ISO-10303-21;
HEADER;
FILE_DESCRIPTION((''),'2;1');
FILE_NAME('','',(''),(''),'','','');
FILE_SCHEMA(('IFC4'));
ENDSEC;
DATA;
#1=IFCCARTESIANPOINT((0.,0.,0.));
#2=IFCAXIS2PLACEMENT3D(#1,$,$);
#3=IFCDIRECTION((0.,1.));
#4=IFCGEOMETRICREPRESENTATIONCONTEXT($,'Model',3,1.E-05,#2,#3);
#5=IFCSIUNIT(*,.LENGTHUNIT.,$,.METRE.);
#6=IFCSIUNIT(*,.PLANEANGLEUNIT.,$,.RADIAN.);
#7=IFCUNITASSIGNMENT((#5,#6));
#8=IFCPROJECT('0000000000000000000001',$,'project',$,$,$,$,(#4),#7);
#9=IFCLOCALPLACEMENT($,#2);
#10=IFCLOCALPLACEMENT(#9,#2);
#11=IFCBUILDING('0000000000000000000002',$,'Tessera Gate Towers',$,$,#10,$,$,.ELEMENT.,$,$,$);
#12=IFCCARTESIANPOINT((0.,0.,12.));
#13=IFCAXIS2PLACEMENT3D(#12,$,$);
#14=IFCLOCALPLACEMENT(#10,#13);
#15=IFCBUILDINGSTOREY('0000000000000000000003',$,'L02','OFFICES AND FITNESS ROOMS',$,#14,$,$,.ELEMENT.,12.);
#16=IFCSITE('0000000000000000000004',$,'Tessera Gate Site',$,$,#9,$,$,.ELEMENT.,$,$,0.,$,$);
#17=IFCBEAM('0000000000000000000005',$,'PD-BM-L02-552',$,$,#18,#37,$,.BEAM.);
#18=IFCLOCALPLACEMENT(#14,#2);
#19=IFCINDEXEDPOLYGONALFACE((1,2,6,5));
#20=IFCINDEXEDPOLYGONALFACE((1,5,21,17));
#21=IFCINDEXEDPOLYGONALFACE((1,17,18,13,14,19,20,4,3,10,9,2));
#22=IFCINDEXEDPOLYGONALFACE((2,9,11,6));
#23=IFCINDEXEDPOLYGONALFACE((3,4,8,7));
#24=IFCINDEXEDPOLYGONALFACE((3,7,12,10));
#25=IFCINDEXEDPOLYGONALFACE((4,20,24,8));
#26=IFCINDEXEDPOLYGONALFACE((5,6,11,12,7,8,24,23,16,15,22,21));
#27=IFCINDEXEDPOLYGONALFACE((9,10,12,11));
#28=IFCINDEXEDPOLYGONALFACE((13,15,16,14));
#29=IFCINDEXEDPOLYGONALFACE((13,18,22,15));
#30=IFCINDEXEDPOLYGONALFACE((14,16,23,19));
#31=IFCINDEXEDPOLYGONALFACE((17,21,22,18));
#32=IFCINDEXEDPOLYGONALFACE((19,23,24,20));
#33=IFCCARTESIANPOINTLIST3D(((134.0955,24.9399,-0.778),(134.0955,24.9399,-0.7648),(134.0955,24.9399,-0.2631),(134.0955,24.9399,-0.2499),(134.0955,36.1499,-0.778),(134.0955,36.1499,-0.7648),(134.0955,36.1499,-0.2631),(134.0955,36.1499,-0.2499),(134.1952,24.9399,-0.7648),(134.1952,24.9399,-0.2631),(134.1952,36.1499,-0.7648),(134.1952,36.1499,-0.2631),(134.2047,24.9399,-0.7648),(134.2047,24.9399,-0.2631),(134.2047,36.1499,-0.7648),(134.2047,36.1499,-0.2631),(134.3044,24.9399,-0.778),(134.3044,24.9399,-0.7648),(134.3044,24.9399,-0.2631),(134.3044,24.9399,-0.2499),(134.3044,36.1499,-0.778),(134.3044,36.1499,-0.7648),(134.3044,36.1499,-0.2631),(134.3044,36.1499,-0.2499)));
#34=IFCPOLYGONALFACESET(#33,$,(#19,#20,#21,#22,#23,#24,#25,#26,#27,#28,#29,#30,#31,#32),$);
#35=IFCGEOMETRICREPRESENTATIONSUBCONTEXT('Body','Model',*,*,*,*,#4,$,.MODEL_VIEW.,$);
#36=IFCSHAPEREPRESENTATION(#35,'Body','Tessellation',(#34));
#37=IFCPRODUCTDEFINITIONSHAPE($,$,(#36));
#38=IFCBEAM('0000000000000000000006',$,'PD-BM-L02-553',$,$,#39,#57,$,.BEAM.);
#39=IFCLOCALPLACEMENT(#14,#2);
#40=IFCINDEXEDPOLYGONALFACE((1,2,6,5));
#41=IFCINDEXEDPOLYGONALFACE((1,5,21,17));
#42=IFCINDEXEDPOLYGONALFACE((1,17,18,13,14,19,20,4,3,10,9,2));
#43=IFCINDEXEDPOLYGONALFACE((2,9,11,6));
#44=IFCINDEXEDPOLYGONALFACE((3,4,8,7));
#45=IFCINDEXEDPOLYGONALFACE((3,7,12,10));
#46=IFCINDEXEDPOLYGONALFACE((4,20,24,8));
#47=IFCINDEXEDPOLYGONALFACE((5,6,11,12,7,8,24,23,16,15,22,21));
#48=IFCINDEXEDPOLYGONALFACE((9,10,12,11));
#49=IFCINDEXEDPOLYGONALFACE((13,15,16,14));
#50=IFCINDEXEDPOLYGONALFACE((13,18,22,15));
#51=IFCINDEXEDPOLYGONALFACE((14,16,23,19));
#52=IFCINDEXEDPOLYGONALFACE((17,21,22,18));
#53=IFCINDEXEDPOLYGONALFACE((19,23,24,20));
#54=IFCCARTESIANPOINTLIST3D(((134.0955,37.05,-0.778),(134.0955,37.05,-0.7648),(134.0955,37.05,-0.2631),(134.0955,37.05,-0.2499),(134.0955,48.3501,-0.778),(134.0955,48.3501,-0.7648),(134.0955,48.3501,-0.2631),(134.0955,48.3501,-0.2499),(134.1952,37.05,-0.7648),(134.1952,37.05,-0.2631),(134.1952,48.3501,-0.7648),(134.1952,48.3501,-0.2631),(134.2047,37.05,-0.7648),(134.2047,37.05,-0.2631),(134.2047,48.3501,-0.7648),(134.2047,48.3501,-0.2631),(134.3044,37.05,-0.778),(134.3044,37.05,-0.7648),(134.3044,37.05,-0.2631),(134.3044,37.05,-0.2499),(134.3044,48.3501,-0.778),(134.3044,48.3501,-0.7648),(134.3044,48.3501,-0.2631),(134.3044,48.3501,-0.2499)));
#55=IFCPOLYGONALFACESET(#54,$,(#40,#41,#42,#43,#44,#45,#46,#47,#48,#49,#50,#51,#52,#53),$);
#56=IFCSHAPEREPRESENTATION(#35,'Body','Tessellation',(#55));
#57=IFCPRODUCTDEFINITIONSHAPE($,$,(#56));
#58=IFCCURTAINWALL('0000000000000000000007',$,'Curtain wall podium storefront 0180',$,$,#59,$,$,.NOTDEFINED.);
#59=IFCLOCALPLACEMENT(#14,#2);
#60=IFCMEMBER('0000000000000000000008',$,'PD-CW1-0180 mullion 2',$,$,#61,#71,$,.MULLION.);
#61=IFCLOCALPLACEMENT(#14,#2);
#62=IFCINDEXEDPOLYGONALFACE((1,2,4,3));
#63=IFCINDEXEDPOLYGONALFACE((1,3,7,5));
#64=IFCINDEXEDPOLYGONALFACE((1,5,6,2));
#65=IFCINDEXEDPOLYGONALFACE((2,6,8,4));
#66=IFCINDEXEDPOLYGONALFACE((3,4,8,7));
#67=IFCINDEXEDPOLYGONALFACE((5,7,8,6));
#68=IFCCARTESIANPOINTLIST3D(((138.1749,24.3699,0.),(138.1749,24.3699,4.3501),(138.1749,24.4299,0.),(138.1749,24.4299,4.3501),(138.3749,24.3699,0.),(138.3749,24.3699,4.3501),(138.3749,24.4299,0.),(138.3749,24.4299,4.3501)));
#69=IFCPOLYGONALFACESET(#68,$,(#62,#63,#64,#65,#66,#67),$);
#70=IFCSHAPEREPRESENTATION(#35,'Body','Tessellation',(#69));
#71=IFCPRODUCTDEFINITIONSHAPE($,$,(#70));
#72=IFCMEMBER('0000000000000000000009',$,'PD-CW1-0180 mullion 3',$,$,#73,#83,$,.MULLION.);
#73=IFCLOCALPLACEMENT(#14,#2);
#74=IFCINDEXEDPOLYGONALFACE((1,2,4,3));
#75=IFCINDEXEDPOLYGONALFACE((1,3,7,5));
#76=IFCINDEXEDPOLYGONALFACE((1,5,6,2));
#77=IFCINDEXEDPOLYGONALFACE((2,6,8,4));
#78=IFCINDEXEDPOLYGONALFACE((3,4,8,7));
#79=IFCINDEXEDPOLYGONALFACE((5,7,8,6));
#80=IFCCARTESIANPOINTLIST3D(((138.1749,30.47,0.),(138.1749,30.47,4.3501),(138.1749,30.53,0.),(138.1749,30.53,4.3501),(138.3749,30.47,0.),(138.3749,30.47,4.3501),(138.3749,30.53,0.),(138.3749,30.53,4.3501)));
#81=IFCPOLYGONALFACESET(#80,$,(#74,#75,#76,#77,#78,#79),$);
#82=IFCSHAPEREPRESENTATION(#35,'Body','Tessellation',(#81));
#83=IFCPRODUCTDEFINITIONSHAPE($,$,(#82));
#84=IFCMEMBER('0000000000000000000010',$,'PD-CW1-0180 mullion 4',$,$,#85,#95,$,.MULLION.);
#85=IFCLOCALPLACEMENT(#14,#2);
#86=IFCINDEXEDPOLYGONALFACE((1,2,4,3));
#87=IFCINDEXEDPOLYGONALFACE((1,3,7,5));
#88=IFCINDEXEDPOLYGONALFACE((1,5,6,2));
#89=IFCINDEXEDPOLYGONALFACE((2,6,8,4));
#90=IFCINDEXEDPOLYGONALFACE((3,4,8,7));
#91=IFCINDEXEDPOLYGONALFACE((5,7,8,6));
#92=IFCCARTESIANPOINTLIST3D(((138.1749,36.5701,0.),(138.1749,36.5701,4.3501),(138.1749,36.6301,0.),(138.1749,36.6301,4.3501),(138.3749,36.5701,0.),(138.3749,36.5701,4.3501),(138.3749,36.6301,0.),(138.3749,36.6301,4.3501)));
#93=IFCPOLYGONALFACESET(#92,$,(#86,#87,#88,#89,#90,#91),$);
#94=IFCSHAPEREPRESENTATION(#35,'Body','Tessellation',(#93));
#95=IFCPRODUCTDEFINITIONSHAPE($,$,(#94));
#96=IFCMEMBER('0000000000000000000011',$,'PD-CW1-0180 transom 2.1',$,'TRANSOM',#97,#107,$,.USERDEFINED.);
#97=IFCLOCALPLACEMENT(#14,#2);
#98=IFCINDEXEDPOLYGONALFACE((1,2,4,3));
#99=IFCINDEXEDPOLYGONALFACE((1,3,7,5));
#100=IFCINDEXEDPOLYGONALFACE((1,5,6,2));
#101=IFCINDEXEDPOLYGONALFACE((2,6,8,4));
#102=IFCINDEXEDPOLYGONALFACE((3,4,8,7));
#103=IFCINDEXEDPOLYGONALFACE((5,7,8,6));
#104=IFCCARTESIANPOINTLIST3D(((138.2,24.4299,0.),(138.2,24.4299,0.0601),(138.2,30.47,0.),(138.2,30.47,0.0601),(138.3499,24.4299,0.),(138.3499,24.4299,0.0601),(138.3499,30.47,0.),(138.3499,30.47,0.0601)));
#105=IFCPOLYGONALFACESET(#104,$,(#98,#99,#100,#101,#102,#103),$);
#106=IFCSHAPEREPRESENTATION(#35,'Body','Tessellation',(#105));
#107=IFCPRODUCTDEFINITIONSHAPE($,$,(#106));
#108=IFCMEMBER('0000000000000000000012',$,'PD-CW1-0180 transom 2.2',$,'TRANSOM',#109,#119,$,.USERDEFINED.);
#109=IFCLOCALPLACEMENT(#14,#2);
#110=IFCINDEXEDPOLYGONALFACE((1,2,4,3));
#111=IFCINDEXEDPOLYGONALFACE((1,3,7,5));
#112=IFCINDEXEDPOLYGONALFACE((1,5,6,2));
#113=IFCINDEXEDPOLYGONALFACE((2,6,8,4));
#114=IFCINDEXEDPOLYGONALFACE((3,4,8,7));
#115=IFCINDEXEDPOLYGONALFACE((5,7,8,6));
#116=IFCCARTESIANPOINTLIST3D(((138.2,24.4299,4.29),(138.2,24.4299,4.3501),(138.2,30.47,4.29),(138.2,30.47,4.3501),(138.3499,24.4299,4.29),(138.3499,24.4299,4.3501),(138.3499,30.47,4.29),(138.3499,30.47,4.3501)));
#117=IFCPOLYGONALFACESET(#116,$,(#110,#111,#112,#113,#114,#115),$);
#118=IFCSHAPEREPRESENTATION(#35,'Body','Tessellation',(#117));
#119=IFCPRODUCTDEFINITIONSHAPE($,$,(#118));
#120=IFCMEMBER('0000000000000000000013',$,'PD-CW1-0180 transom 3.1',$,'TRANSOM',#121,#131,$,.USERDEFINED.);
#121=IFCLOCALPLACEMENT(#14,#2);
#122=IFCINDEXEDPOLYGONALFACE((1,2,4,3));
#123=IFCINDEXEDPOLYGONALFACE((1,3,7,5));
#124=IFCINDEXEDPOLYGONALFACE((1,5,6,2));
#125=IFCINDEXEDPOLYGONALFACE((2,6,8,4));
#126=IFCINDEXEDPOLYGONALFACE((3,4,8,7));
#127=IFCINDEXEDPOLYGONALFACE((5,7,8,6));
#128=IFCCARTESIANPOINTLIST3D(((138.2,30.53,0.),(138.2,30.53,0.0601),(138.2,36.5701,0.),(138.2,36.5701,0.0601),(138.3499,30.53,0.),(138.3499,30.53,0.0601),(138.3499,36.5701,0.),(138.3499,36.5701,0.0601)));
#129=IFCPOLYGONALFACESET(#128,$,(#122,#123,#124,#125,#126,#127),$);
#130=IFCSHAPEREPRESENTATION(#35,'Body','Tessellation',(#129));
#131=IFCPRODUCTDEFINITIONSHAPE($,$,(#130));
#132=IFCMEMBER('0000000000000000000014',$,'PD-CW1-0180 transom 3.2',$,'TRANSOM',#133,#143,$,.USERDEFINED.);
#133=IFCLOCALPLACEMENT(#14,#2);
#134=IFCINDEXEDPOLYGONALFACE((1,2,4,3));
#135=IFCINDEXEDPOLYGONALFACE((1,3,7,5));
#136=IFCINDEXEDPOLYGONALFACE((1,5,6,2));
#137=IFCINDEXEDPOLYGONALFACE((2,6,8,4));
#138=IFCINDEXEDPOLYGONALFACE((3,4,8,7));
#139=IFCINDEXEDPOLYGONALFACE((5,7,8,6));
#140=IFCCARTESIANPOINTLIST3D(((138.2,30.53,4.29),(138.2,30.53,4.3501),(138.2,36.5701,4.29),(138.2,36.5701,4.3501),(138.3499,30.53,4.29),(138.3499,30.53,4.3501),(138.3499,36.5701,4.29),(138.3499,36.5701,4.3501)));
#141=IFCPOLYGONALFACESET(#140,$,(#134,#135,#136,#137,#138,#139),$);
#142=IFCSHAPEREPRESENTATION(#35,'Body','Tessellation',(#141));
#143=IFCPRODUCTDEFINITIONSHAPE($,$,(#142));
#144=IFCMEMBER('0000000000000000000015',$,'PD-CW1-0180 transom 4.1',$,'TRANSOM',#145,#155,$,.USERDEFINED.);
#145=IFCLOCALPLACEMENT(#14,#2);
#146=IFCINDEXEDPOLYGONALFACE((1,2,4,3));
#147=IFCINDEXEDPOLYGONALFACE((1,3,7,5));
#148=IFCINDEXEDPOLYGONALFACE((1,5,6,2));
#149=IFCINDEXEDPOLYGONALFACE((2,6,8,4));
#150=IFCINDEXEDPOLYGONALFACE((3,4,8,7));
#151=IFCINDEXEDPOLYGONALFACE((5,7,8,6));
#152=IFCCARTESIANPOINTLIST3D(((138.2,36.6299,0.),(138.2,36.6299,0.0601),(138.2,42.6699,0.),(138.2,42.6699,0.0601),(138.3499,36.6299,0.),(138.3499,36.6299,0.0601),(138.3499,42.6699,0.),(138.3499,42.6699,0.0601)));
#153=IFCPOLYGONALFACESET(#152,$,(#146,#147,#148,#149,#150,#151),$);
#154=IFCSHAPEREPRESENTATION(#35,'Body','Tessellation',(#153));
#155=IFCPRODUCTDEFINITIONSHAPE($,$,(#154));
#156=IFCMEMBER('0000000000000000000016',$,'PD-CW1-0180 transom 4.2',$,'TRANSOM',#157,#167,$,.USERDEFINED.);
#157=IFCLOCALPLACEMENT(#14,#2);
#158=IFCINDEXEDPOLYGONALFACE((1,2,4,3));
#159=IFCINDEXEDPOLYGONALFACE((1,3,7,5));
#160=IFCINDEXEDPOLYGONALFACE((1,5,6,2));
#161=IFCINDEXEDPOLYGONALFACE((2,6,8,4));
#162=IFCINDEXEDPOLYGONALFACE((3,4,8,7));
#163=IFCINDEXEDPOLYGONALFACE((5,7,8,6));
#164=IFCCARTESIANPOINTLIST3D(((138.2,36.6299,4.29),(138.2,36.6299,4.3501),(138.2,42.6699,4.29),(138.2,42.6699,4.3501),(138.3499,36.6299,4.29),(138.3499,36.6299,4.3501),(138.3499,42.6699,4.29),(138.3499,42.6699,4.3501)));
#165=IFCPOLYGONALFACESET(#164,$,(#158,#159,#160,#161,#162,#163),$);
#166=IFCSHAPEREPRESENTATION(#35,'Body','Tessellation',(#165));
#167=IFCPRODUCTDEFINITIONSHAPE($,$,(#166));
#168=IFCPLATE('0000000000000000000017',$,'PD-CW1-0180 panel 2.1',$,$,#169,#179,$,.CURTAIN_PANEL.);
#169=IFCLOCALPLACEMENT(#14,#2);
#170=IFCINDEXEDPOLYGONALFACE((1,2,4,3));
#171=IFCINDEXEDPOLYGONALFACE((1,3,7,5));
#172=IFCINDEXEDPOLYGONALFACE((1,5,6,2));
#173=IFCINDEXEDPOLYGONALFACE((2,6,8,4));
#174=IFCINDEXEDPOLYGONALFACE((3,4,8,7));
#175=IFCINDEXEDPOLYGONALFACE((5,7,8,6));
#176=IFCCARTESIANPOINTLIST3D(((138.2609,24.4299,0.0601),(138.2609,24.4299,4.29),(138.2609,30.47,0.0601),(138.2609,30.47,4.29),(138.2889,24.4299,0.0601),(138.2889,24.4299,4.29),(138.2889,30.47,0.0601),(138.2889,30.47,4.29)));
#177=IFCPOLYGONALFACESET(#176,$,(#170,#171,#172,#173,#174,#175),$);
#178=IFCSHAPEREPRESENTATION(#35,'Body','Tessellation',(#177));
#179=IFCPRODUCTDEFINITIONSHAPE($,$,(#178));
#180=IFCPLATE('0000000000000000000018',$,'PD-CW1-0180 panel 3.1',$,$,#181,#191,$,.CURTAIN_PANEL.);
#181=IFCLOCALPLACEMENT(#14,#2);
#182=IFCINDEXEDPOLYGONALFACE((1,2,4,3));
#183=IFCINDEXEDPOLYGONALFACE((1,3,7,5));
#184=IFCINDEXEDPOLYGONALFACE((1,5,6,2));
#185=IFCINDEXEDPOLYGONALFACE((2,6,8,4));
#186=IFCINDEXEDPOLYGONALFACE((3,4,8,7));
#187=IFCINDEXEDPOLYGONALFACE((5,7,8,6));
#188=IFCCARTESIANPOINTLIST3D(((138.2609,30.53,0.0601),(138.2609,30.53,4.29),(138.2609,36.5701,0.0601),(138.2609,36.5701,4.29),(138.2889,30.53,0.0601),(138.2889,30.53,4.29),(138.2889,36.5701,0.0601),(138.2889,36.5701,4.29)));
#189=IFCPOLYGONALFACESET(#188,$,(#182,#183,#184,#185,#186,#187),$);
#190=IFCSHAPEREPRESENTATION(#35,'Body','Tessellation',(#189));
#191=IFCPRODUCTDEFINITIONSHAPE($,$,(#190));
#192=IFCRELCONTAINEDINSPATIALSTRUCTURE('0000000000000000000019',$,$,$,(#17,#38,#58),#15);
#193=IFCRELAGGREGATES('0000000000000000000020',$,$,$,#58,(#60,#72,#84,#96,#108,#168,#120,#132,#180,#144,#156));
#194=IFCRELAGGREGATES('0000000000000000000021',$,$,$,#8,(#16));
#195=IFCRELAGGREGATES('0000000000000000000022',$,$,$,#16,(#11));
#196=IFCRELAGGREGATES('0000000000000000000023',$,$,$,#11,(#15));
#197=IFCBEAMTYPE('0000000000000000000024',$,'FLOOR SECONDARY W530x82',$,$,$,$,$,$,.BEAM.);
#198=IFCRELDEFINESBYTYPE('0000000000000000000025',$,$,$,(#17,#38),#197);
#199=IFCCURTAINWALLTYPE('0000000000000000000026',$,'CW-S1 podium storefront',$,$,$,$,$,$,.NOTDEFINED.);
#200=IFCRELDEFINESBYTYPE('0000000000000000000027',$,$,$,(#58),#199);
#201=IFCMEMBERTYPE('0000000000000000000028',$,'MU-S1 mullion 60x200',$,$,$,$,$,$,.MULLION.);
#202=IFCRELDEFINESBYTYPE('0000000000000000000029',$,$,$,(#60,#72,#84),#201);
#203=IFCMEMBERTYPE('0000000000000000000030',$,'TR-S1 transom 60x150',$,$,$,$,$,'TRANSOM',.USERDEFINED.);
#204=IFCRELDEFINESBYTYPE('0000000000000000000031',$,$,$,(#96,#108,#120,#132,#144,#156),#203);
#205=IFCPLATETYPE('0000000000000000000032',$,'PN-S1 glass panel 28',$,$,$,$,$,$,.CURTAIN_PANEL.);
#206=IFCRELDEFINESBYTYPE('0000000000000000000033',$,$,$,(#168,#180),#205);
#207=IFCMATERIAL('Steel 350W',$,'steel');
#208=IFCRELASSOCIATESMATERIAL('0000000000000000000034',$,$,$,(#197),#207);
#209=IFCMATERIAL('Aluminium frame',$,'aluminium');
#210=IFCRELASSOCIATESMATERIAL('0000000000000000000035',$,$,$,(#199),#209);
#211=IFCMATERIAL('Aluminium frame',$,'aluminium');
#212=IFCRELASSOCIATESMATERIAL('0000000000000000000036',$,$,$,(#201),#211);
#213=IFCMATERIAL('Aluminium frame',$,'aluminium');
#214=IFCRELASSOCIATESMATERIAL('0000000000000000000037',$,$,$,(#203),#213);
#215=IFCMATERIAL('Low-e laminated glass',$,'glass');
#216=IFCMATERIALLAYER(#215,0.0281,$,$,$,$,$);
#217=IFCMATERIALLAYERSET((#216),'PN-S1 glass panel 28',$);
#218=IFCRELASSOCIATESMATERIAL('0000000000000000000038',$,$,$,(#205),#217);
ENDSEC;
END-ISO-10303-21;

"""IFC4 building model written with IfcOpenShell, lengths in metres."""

from ifc_helpers import new_model, si_unit, direction, frame, origin, origin_2d, place, context, subcontext, project, spatial, rectangle, i_section, extrude, material, layer, layer_set, material_profile, profile_set, type_object, element, aggregate, save


model = new_model("IFC4")

# Units and contexts
model_context = context("Model", 3, precision=1e-05, world=origin(), true_north=direction((0.0, 1.0)))
body_context = subcontext(model_context, "Body", "Model", "MODEL_VIEW")
ifc_project = project(units=[si_unit("LENGTHUNIT", "METRE"), si_unit("PLANEANGLEUNIT", "RADIAN")], contexts=[model_context])

# Site, building, storey
site_placement = place(None, origin())
site = spatial("IfcSite", under=ifc_project, at=site_placement, Name="Tessera Gate Site", CompositionType="ELEMENT", RefElevation=0.0)
building_placement = place(site_placement, origin())
building = spatial("IfcBuilding", under=site, at=building_placement, Name="Tessera Gate Towers", CompositionType="ELEMENT")
storey_placement = place(building_placement, frame((0.0, 0.0, 12.0)))
storey = spatial("IfcBuildingStorey", under=building, at=storey_placement, Name="L02", Description="OFFICES AND FITNESS ROOMS", CompositionType="ELEMENT", Elevation=12.0)

# Beams
ifc_material_1 = material(Name="Steel 350W", Category="steel")
ifc_material_profile_1 = material_profile(ifc_material_1, i_section(OverallWidth=0.209, OverallDepth=0.5281, WebThickness=0.0095, FlangeThickness=0.0132, at=origin_2d()), Name="W530x82")
ifc_profile_set_1 = profile_set([ifc_material_profile_1], Name="Steel 350W")
beam_type_1 = type_object("IfcBeamType", Name="FLOOR SECONDARY W530x82", PredefinedType="BEAM", material=ifc_profile_set_1)
beam_1_placement = place(storey_placement, frame((134.2, 24.9399, -0.5139), z_axis=(0.0, 1.0, 0.0), x_axis=(-1.0, 0.0, 0.0)))
element("IfcBeam", 1, at=beam_1_placement, inside=storey, type_object=beam_type_1, Name="PD-BM-L02-552", PredefinedType="BEAM", context=body_context, shape_type="SweptSolid", body=[
    extrude(i_section(OverallWidth=0.209, OverallDepth=0.5281, WebThickness=0.0095, FlangeThickness=0.0132, at=origin_2d()), origin(), (0.0, 0.0, 1.0), 11.21),
])
beam_2_placement = place(storey_placement, frame((134.2, 37.05, -0.5139), z_axis=(0.0, 1.0, 0.0), x_axis=(-1.0, 0.0, 0.0)))
element("IfcBeam", 2, at=beam_2_placement, inside=storey, type_object=beam_type_1, Name="PD-BM-L02-553", PredefinedType="BEAM", context=body_context, shape_type="SweptSolid", body=[
    extrude(i_section(OverallWidth=0.209, OverallDepth=0.5281, WebThickness=0.0095, FlangeThickness=0.0132, at=origin_2d()), origin(), (0.0, 0.0, 1.0), 11.3),
])

# Curtain wall, members, plates
ifc_material_2 = material(Name="Aluminium frame", Category="aluminium")
curtain_wall_type = type_object("IfcCurtainWallType", Name="CW-S1 podium storefront", PredefinedType="NOTDEFINED", material=ifc_material_2)
curtain_wall_placement = place(storey_placement, origin())
curtain_wall = element("IfcCurtainWall", 3, at=curtain_wall_placement, inside=storey, type_object=curtain_wall_type, Name="Curtain wall podium storefront 0180", PredefinedType="NOTDEFINED")
ifc_material_3 = material(Name="Aluminium frame", Category="aluminium")
ifc_material_profile_2 = material_profile(ifc_material_3, rectangle(XDim=0.0601, YDim=0.2, at=origin_2d()), Name="AL 60x200")
ifc_profile_set_2 = profile_set([ifc_material_profile_2], Name="Aluminium frame")
member_type_1 = type_object("IfcMemberType", Name="MU-S1 mullion 60x200", PredefinedType="MULLION", material=ifc_profile_set_2)
member_1_placement = place(storey_placement, frame((138.2749, 24.3999, 0.0), z_axis=(0.0, 0.0, 1.0), x_axis=(0.0, 1.0, 0.0)))
member_1 = element("IfcMember", 4, at=member_1_placement, type_object=member_type_1, Name="PD-CW1-0180 mullion 2", PredefinedType="MULLION", context=body_context, shape_type="SweptSolid", body=[
    extrude(rectangle(XDim=0.0601, YDim=0.2, at=origin_2d()), origin(), (0.0, 0.0, 1.0), 4.3501),
])
member_2_placement = place(storey_placement, frame((138.2749, 30.5, 0.0), z_axis=(0.0, 0.0, 1.0), x_axis=(0.0, 1.0, 0.0)))
member_2 = element("IfcMember", 5, at=member_2_placement, type_object=member_type_1, Name="PD-CW1-0180 mullion 3", PredefinedType="MULLION", context=body_context, shape_type="SweptSolid", body=[
    extrude(rectangle(XDim=0.0601, YDim=0.2, at=origin_2d()), origin(), (0.0, 0.0, 1.0), 4.3501),
])
member_3_placement = place(storey_placement, frame((138.2749, 36.6001, 0.0), z_axis=(0.0, 0.0, 1.0), x_axis=(0.0, 1.0, 0.0)))
member_3 = element("IfcMember", 6, at=member_3_placement, type_object=member_type_1, Name="PD-CW1-0180 mullion 4", PredefinedType="MULLION", context=body_context, shape_type="SweptSolid", body=[
    extrude(rectangle(XDim=0.0601, YDim=0.2, at=origin_2d()), origin(), (0.0, 0.0, 1.0), 4.3501),
])
ifc_material_4 = material(Name="Aluminium frame", Category="aluminium")
ifc_material_profile_3 = material_profile(ifc_material_4, rectangle(XDim=0.1499, YDim=0.0601, at=origin_2d()), Name="AL 60x150")
ifc_profile_set_3 = profile_set([ifc_material_profile_3], Name="Aluminium frame")
member_type_2 = type_object("IfcMemberType", Name="TR-S1 transom 60x150", ElementType="TRANSOM", PredefinedType="USERDEFINED", material=ifc_profile_set_3)
member_4_placement = place(storey_placement, frame((138.2749, 24.4299, 0.03), z_axis=(0.0, 1.0, 0.0), x_axis=(-1.0, 0.0, 0.0)))
member_4 = element("IfcMember", 7, at=member_4_placement, type_object=member_type_2, Name="PD-CW1-0180 transom 2.1", ObjectType="TRANSOM", PredefinedType="USERDEFINED", context=body_context, shape_type="SweptSolid", body=[
    extrude(rectangle(XDim=0.1499, YDim=0.0601, at=origin_2d()), origin(), (0.0, 0.0, 1.0), 6.04),
])
member_5_placement = place(storey_placement, frame((138.2749, 24.4299, 4.3201), z_axis=(0.0, 1.0, 0.0), x_axis=(-1.0, 0.0, 0.0)))
member_5 = element("IfcMember", 8, at=member_5_placement, type_object=member_type_2, Name="PD-CW1-0180 transom 2.2", ObjectType="TRANSOM", PredefinedType="USERDEFINED", context=body_context, shape_type="SweptSolid", body=[
    extrude(rectangle(XDim=0.1499, YDim=0.0601, at=origin_2d()), origin(), (0.0, 0.0, 1.0), 6.04),
])
member_6_placement = place(storey_placement, frame((138.2749, 30.53, 0.03), z_axis=(0.0, 1.0, 0.0), x_axis=(-1.0, 0.0, 0.0)))
member_6 = element("IfcMember", 9, at=member_6_placement, type_object=member_type_2, Name="PD-CW1-0180 transom 3.1", ObjectType="TRANSOM", PredefinedType="USERDEFINED", context=body_context, shape_type="SweptSolid", body=[
    extrude(rectangle(XDim=0.1499, YDim=0.0601, at=origin_2d()), origin(), (0.0, 0.0, 1.0), 6.04),
])
member_7_placement = place(storey_placement, frame((138.2749, 30.53, 4.3201), z_axis=(0.0, 1.0, 0.0), x_axis=(-1.0, 0.0, 0.0)))
member_7 = element("IfcMember", 10, at=member_7_placement, type_object=member_type_2, Name="PD-CW1-0180 transom 3.2", ObjectType="TRANSOM", PredefinedType="USERDEFINED", context=body_context, shape_type="SweptSolid", body=[
    extrude(rectangle(XDim=0.1499, YDim=0.0601, at=origin_2d()), origin(), (0.0, 0.0, 1.0), 6.04),
])
member_8_placement = place(storey_placement, frame((138.2749, 36.6299, 0.03), z_axis=(0.0, 1.0, 0.0), x_axis=(-1.0, 0.0, 0.0)))
member_8 = element("IfcMember", 11, at=member_8_placement, type_object=member_type_2, Name="PD-CW1-0180 transom 4.1", ObjectType="TRANSOM", PredefinedType="USERDEFINED", context=body_context, shape_type="SweptSolid", body=[
    extrude(rectangle(XDim=0.1499, YDim=0.0601, at=origin_2d()), origin(), (0.0, 0.0, 1.0), 6.04),
])
member_9_placement = place(storey_placement, frame((138.2749, 36.6299, 4.3201), z_axis=(0.0, 1.0, 0.0), x_axis=(-1.0, 0.0, 0.0)))
member_9 = element("IfcMember", 12, at=member_9_placement, type_object=member_type_2, Name="PD-CW1-0180 transom 4.2", ObjectType="TRANSOM", PredefinedType="USERDEFINED", context=body_context, shape_type="SweptSolid", body=[
    extrude(rectangle(XDim=0.1499, YDim=0.0601, at=origin_2d()), origin(), (0.0, 0.0, 1.0), 6.04),
])
ifc_material_5 = material(Name="Low-e laminated glass", Category="glass")
ifc_layer_1 = layer(ifc_material_5, 0.0281)
ifc_layer_set_1 = layer_set([ifc_layer_1], Name="PN-S1 glass panel 28")
plate_type = type_object("IfcPlateType", Name="PN-S1 glass panel 28", PredefinedType="CURTAIN_PANEL", material=ifc_layer_set_1)
plate_1_placement = place(storey_placement, frame((138.2749, 27.45, 0.0601), z_axis=(0.0, 0.0, 1.0), x_axis=(0.0, 1.0, 0.0)))
plate_1 = element("IfcPlate", 13, at=plate_1_placement, type_object=plate_type, Name="PD-CW1-0180 panel 2.1", PredefinedType="CURTAIN_PANEL", context=body_context, shape_type="SweptSolid", body=[
    extrude(rectangle(XDim=6.04, YDim=0.0281, at=origin_2d()), origin(), (0.0, 0.0, 1.0), 4.23),
])
plate_2_placement = place(storey_placement, frame((138.2749, 33.55, 0.0601), z_axis=(0.0, 0.0, 1.0), x_axis=(0.0, 1.0, 0.0)))
plate_2 = element("IfcPlate", 14, at=plate_2_placement, type_object=plate_type, Name="PD-CW1-0180 panel 3.1", PredefinedType="CURTAIN_PANEL", context=body_context, shape_type="SweptSolid", body=[
    extrude(rectangle(XDim=6.04, YDim=0.0281, at=origin_2d()), origin(), (0.0, 0.0, 1.0), 4.23),
])
aggregate(curtain_wall, [member_1, member_2, member_3, member_4, member_5, plate_1, member_6, member_7, plate_2, member_8, member_9])

save(model, "model.ifc")
